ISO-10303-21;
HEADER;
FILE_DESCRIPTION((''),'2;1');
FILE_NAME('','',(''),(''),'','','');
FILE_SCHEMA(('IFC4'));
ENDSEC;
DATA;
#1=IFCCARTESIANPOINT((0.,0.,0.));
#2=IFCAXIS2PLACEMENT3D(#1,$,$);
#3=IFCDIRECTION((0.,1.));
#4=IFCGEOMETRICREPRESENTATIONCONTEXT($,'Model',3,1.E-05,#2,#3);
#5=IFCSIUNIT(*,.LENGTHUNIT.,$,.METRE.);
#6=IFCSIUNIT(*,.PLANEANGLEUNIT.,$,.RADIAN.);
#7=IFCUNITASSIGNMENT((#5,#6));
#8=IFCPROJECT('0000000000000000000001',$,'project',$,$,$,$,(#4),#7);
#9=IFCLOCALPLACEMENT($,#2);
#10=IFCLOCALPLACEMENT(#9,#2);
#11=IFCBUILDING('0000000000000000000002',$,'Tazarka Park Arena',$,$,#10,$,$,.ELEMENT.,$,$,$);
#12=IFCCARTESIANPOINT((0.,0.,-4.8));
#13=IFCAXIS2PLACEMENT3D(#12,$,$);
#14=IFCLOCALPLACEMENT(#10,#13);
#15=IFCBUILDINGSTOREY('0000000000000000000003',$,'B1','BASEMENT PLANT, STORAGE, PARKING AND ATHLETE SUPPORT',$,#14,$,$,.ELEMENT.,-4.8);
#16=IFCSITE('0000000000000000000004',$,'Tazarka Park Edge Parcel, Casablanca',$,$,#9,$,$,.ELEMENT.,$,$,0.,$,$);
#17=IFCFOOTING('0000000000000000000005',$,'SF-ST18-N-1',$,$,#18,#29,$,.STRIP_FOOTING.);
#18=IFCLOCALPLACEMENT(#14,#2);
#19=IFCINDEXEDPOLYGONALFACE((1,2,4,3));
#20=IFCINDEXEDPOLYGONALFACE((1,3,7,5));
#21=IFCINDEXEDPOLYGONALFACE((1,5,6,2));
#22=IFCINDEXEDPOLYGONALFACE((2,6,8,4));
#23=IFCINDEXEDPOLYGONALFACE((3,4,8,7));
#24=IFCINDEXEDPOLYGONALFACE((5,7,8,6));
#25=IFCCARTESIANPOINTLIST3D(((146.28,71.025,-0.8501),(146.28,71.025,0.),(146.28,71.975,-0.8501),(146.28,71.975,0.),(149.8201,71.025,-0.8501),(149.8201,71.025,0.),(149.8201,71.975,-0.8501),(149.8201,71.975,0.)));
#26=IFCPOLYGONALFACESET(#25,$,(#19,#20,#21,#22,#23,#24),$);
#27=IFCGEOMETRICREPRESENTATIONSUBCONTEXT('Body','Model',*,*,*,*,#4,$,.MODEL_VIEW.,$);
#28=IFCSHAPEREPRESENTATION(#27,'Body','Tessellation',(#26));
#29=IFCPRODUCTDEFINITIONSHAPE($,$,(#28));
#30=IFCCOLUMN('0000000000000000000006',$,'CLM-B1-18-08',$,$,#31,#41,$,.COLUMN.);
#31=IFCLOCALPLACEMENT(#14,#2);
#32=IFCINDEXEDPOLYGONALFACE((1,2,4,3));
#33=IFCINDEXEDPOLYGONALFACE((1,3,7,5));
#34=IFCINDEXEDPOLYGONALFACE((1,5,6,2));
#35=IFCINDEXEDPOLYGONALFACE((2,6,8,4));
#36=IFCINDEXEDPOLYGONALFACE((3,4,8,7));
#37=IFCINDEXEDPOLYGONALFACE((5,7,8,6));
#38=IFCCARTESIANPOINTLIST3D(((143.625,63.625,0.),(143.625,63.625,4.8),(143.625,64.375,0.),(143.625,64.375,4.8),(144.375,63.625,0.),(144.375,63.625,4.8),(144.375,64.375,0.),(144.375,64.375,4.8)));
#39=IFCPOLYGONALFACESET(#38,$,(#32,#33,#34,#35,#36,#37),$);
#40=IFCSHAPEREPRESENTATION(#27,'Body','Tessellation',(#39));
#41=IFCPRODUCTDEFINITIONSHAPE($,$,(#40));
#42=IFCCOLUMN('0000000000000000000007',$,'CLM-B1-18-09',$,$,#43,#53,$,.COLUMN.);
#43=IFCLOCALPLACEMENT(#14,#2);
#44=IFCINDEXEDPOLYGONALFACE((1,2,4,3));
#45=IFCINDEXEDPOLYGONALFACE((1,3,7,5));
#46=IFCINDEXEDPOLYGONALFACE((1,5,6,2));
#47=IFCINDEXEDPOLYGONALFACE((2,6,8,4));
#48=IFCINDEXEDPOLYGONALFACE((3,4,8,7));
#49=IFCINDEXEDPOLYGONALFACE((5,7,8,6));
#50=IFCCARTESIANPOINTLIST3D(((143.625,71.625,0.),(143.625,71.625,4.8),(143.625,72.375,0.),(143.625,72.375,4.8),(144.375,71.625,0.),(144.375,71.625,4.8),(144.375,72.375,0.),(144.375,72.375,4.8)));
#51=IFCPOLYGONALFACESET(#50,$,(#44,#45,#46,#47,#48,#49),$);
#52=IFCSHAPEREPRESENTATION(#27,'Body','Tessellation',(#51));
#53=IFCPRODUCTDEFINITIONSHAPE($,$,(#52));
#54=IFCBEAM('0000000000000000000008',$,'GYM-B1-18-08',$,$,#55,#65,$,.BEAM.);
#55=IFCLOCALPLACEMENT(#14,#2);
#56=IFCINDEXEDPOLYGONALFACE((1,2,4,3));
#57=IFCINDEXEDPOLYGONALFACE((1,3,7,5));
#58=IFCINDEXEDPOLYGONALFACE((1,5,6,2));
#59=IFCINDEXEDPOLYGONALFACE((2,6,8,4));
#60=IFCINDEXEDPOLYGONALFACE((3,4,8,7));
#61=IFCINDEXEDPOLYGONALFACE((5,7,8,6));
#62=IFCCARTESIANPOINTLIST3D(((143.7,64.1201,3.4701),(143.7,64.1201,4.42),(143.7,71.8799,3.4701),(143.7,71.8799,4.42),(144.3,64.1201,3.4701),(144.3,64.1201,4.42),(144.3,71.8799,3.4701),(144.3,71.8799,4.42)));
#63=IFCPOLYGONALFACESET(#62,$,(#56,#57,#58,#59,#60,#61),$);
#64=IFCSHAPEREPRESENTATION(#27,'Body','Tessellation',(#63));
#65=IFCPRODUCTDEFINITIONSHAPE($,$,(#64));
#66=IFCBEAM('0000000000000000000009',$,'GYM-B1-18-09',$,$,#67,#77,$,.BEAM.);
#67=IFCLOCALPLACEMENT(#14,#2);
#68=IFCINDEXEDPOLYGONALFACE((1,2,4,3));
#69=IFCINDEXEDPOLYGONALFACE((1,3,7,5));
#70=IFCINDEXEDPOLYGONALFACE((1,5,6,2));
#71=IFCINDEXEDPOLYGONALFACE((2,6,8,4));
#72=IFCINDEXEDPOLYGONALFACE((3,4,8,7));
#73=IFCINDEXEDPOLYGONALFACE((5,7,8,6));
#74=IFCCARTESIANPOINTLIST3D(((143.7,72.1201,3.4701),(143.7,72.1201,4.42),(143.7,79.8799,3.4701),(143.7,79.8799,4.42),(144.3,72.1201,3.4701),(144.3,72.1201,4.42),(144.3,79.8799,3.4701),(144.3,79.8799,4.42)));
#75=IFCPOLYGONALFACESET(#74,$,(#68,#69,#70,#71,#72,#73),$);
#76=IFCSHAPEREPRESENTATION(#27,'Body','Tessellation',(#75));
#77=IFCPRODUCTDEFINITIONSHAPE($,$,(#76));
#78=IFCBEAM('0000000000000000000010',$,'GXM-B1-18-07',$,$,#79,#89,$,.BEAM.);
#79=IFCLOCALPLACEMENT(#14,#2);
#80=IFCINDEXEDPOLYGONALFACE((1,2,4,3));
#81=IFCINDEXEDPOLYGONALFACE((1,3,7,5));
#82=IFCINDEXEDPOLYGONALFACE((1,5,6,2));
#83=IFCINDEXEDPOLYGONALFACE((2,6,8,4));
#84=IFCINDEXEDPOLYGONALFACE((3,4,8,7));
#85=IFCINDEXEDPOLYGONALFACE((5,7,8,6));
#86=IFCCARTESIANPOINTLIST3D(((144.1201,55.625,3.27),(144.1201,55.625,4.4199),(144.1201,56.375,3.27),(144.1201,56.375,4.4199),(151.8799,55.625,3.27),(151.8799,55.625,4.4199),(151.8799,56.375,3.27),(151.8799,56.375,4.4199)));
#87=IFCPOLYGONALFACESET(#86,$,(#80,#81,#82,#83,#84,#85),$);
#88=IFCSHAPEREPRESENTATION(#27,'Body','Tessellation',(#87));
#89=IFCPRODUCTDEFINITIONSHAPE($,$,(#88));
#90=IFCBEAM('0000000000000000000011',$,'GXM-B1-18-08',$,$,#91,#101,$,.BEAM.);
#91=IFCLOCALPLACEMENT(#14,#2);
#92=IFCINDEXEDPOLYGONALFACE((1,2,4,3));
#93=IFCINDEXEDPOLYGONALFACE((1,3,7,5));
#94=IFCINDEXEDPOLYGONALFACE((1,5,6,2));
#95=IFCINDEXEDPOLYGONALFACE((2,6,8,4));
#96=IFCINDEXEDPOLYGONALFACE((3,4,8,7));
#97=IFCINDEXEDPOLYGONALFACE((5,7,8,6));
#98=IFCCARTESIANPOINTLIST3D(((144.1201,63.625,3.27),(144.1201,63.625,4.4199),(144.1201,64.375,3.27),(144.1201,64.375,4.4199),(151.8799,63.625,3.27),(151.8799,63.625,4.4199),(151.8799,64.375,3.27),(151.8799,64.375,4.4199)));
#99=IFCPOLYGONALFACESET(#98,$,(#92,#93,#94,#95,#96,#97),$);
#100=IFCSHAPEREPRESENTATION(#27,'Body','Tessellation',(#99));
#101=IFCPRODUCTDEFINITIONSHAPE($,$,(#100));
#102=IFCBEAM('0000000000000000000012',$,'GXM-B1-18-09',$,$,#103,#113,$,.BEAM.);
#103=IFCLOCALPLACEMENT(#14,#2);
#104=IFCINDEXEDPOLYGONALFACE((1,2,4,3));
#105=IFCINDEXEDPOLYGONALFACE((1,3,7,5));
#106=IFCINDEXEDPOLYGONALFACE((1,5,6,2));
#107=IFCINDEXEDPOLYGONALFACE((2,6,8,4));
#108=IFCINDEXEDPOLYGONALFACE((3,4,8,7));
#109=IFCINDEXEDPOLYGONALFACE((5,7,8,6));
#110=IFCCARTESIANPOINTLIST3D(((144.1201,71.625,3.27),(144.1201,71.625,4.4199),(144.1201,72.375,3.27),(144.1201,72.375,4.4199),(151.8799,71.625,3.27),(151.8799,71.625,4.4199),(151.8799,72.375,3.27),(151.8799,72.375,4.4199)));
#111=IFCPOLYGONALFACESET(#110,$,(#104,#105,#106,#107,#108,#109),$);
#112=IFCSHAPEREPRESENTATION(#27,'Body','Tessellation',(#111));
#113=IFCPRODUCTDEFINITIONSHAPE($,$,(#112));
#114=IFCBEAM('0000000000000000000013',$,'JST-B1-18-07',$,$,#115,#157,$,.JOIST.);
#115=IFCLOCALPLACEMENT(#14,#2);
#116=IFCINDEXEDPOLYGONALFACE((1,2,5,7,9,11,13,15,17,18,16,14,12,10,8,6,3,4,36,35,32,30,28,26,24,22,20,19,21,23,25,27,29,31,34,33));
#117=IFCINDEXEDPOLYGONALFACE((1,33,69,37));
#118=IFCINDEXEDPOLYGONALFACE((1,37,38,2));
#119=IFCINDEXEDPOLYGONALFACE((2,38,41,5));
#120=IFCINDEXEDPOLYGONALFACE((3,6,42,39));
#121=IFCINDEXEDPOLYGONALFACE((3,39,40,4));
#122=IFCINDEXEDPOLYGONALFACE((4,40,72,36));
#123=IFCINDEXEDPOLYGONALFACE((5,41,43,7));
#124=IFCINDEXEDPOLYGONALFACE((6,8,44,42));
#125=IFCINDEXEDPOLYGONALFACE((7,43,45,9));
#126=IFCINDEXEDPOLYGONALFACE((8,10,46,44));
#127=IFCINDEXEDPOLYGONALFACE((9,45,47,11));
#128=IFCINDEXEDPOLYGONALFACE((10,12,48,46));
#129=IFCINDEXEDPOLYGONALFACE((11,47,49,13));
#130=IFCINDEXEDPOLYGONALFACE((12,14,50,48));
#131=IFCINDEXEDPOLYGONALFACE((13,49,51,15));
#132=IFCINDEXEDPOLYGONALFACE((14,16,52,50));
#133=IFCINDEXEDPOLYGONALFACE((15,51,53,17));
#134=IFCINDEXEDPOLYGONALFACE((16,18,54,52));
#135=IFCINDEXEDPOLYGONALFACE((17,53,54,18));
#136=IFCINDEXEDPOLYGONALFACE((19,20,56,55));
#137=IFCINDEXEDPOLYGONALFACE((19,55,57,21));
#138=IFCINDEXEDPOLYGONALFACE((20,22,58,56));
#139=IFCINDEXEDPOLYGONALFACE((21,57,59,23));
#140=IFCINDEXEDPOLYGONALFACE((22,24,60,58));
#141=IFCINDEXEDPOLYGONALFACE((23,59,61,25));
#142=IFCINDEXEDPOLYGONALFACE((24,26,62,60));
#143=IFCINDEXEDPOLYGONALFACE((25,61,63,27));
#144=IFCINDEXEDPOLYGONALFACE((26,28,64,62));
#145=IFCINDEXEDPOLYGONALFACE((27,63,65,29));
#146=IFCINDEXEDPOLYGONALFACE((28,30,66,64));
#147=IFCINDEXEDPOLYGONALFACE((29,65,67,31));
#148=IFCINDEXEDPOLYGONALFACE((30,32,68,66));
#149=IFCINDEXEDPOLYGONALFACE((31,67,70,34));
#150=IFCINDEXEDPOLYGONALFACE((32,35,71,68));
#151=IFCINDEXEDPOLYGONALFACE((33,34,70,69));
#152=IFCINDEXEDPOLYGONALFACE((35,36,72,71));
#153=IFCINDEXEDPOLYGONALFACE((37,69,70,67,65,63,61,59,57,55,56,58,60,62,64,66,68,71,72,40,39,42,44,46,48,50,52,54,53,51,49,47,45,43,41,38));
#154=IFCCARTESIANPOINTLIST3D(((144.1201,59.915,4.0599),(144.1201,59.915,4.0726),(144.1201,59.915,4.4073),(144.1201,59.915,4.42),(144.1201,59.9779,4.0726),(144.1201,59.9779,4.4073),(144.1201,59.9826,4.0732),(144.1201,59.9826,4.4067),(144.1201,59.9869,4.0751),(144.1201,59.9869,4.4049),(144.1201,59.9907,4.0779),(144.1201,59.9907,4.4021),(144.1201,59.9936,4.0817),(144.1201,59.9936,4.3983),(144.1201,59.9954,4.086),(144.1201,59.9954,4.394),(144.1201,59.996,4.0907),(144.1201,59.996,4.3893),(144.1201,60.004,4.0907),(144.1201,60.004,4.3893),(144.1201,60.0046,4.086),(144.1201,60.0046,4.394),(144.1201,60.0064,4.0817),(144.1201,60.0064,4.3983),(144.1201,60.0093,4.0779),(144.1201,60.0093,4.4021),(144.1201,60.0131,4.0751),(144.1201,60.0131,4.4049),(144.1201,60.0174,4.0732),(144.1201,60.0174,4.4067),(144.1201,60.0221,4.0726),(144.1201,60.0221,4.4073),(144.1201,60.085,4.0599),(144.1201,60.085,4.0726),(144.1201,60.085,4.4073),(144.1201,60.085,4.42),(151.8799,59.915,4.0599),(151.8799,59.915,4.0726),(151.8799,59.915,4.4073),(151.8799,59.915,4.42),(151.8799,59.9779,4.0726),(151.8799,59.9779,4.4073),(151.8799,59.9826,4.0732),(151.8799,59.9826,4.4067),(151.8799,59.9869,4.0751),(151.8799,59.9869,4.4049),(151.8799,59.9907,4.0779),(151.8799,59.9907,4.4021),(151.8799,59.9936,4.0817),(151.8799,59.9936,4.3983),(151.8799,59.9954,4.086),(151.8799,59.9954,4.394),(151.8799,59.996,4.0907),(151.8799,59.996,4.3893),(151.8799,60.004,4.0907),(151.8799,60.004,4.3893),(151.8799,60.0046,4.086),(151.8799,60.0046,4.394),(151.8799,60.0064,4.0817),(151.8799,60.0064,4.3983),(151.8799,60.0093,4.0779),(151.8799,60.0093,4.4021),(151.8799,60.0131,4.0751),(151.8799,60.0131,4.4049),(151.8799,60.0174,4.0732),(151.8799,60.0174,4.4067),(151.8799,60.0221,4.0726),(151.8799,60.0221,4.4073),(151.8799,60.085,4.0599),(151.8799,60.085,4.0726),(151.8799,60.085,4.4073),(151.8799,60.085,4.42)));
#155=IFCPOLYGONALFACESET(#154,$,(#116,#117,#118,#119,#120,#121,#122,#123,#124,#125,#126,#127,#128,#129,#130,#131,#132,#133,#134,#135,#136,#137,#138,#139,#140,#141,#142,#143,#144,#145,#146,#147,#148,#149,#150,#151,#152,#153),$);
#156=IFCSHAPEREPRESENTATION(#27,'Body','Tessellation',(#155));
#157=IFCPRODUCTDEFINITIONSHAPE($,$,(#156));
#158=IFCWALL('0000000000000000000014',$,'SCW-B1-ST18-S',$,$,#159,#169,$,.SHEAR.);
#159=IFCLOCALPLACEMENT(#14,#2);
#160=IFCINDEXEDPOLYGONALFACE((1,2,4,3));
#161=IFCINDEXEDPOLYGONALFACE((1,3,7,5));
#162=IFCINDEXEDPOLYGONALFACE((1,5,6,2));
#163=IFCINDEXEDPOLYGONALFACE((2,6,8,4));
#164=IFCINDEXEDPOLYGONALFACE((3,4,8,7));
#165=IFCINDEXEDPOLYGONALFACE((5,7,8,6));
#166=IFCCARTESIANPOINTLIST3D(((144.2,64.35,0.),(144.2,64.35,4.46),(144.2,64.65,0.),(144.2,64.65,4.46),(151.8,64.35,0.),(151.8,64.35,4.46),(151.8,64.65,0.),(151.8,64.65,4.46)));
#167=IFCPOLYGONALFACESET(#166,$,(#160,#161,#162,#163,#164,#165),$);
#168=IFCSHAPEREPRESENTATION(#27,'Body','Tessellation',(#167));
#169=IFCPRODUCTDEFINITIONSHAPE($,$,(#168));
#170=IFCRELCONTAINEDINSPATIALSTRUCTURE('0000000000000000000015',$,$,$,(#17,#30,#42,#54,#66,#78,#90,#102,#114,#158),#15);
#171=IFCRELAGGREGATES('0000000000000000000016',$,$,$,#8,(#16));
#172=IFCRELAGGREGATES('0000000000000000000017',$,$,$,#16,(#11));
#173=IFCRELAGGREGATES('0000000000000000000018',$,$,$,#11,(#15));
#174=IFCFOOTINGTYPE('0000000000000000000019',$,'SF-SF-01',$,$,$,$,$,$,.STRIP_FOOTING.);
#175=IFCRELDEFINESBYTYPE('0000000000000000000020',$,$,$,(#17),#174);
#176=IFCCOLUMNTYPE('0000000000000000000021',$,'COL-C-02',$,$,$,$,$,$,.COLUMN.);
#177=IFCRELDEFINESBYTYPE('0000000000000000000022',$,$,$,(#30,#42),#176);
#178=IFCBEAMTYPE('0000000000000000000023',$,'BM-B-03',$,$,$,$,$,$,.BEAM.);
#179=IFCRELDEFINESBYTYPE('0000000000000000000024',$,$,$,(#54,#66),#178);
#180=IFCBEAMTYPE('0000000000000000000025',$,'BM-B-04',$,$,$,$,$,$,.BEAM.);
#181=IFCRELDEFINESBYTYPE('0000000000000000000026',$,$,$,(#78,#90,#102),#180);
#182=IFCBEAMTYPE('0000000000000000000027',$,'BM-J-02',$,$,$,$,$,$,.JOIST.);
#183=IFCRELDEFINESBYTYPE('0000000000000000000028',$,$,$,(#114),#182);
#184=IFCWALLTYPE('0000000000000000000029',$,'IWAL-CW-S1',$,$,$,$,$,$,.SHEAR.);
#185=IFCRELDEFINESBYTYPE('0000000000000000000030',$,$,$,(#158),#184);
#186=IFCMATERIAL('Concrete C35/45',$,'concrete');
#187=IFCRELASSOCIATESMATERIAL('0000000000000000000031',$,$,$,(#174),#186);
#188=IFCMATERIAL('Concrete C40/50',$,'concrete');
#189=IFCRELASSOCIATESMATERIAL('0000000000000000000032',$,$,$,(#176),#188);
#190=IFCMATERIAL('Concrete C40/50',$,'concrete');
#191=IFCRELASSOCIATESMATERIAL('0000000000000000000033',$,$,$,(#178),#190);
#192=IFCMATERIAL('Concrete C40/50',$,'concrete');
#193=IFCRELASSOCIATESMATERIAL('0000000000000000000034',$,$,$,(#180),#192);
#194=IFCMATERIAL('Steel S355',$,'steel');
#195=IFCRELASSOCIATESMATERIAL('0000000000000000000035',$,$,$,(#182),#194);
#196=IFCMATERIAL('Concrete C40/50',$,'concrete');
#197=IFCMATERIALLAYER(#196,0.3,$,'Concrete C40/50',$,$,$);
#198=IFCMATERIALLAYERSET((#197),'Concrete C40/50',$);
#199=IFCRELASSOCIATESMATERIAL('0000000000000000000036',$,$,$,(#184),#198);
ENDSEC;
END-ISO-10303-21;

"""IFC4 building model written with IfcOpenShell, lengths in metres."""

from ifc_helpers import new_model, si_unit, direction, frame, frame_2d, origin, origin_2d, place, context, subcontext, project, spatial, rectangle, i_section, extrude, material, layer, layer_set, material_profile, profile_set, type_object, element, save


model = new_model("IFC4")

# Units and contexts
model_context = context("Model", 3, precision=1e-05, world=origin(), true_north=direction((0.0, 1.0)))
body_context = subcontext(model_context, "Body", "Model", "MODEL_VIEW")
ifc_project = project(units=[si_unit("LENGTHUNIT", "METRE"), si_unit("PLANEANGLEUNIT", "RADIAN")], contexts=[model_context])

# Site, building, storey
site_placement = place(None, origin())
site = spatial("IfcSite", under=ifc_project, at=site_placement, Name="Tazarka Park Edge Parcel, Casablanca", CompositionType="ELEMENT", RefElevation=0.0)
building_placement = place(site_placement, origin())
building = spatial("IfcBuilding", under=site, at=building_placement, Name="Tazarka Park Arena", CompositionType="ELEMENT")
storey_placement = place(building_placement, frame((0.0, 0.0, -4.8)))
storey = spatial("IfcBuildingStorey", under=building, at=storey_placement, Name="B1", Description="BASEMENT PLANT, STORAGE, PARKING AND ATHLETE SUPPORT", CompositionType="ELEMENT", Elevation=-4.8)

# Footing
ifc_material_1 = material(Name="Concrete C35/45", Category="concrete")
ifc_material_profile_1 = material_profile(ifc_material_1, rectangle(XDim=0.95, YDim=0.8501, at=origin_2d()), Name="Concrete C35/45")
ifc_profile_set_1 = profile_set([ifc_material_profile_1], Name="Concrete C35/45")
footing_type_1 = type_object("IfcFootingType", Name="SF-SF-01", PredefinedType="STRIP_FOOTING", material=ifc_profile_set_1)
footing_1_placement = place(storey_placement, frame((146.28, 71.5, -0.425), z_axis=(1.0, 0.0, 0.0), x_axis=(0.0, 1.0, 0.0)))
element("IfcFooting", 1, at=footing_1_placement, inside=storey, type_object=footing_type_1, Name="SF-ST18-N-1", PredefinedType="STRIP_FOOTING", context=body_context, shape_type="SweptSolid", body=[
    extrude(rectangle(XDim=0.95, YDim=0.8501, at=origin_2d()), origin(), (0.0, 0.0, 1.0), 3.54),
])

# Columns
ifc_material_2 = material(Name="Concrete C40/50", Category="concrete")
ifc_material_profile_2 = material_profile(ifc_material_2, rectangle(XDim=0.75, YDim=0.75, at=origin_2d()), Name="Concrete C40/50")
ifc_profile_set_2 = profile_set([ifc_material_profile_2], Name="Concrete C40/50")
column_type = type_object("IfcColumnType", Name="COL-C-02", PredefinedType="COLUMN", material=ifc_profile_set_2)
for number, where, z_axis, x_axis, name in (
    (2, (144.0, 64.0, 0.0), (0.0, 0.0, 1.0), (1.0, 0.0, 0.0), "CLM-B1-18-08"),
    (3, (144.0, 72.0, 0.0), (0.0, 0.0, 1.0), (1.0, 0.0, 0.0), "CLM-B1-18-09"),
):
    element("IfcColumn", number, at=place(storey_placement, frame(where, z_axis=z_axis, x_axis=x_axis)), inside=storey, type_object=column_type, Name=name, PredefinedType="COLUMN", context=body_context, shape_type="SweptSolid", body=[
        extrude(rectangle(XDim=0.75, YDim=0.75, at=origin_2d()), origin(), (0.0, 0.0, 1.0), 4.8),
    ])

# Beams
ifc_material_3 = material(Name="Concrete C40/50", Category="concrete")
ifc_material_profile_3 = material_profile(ifc_material_3, rectangle(XDim=0.6001, YDim=0.95, at=origin_2d()), Name="Concrete C40/50")
ifc_profile_set_3 = profile_set([ifc_material_profile_3], Name="Concrete C40/50")
beam_type_1 = type_object("IfcBeamType", Name="BM-B-03", PredefinedType="BEAM", material=ifc_profile_set_3)
for number, where, z_axis, x_axis, name in (
    (4, (144.0, 64.1201, 3.9451), (0.0, 1.0, 0.0), (-1.0, 0.0, 0.0), "GYM-B1-18-08"),
    (5, (144.0, 72.1201, 3.9451), (0.0, 1.0, 0.0), (-1.0, 0.0, 0.0), "GYM-B1-18-09"),
):
    element("IfcBeam", number, at=place(storey_placement, frame(where, z_axis=z_axis, x_axis=x_axis)), inside=storey, type_object=beam_type_1, Name=name, PredefinedType="BEAM", context=body_context, shape_type="SweptSolid", body=[
        extrude(rectangle(XDim=0.6001, YDim=0.95, at=origin_2d()), origin(), (0.0, 0.0, 1.0), 7.7598),
    ])
ifc_material_4 = material(Name="Concrete C40/50", Category="concrete")
ifc_material_profile_4 = material_profile(ifc_material_4, rectangle(XDim=0.75, YDim=1.1499, at=origin_2d()), Name="Concrete C40/50")
ifc_profile_set_4 = profile_set([ifc_material_profile_4], Name="Concrete C40/50")
beam_type_2 = type_object("IfcBeamType", Name="BM-B-04", PredefinedType="BEAM", material=ifc_profile_set_4)
for number, where, z_axis, x_axis, name in (
    (6, (144.1201, 56.0, 3.845), (1.0, 0.0, 0.0), (0.0, 1.0, 0.0), "GXM-B1-18-07"),
    (7, (144.1201, 64.0, 3.845), (1.0, 0.0, 0.0), (0.0, 1.0, 0.0), "GXM-B1-18-08"),
    (8, (144.1201, 72.0, 3.845), (1.0, 0.0, 0.0), (0.0, 1.0, 0.0), "GXM-B1-18-09"),
):
    element("IfcBeam", number, at=place(storey_placement, frame(where, z_axis=z_axis, x_axis=x_axis)), inside=storey, type_object=beam_type_2, Name=name, PredefinedType="BEAM", context=body_context, shape_type="SweptSolid", body=[
        extrude(rectangle(XDim=0.75, YDim=1.1499, at=origin_2d()), origin(), (0.0, 0.0, 1.0), 7.7598),
    ])
ifc_material_5 = material(Name="Steel S355", Category="steel")
ifc_material_profile_5 = material_profile(ifc_material_5, i_section(OverallWidth=0.1699, OverallDepth=0.3601, WebThickness=0.0081, FlangeThickness=0.0127, FilletRadius=0.0181, at=origin_2d()), Name="Steel S355")
ifc_profile_set_5 = profile_set([ifc_material_profile_5], Name="Steel S355")
beam_type_3 = type_object("IfcBeamType", Name="BM-J-02", PredefinedType="JOIST", material=ifc_profile_set_5)
beam_placement = place(storey_placement, frame((144.1201, 60.0, 4.24), z_axis=(1.0, 0.0, 0.0), x_axis=(0.0, 1.0, 0.0)))
element("IfcBeam", 9, at=beam_placement, inside=storey, type_object=beam_type_3, Name="JST-B1-18-07", PredefinedType="JOIST", context=body_context, shape_type="SweptSolid", body=[
    extrude(i_section(OverallWidth=0.1699, OverallDepth=0.3601, WebThickness=0.0081, FlangeThickness=0.0127, FilletRadius=0.0181, at=origin_2d()), origin(), (0.0, 0.0, 1.0), 7.7598),
])

# Wall
ifc_material_6 = material(Name="Concrete C40/50", Category="concrete")
ifc_layer = layer(ifc_material_6, 0.3, Name="Concrete C40/50")
ifc_layer_set = layer_set([ifc_layer], Name="Concrete C40/50")
wall_type = type_object("IfcWallType", Name="IWAL-CW-S1", PredefinedType="SHEAR", material=ifc_layer_set)
wall_1_placement = place(storey_placement, frame((151.8, 64.5, 0.0), z_axis=(0.0, 0.0, 1.0), x_axis=(-1.0, 0.0, 0.0)))
element("IfcWall", 10, at=wall_1_placement, inside=storey, type_object=wall_type, Name="SCW-B1-ST18-S", PredefinedType="SHEAR", context=body_context, shape_type="SweptSolid", body=[
    extrude(rectangle(XDim=7.6001, YDim=0.3, at=frame_2d((3.8, 0.0))), origin(), (0.0, 0.0, 1.0), 4.46),
])

save(model, "model.ifc")
